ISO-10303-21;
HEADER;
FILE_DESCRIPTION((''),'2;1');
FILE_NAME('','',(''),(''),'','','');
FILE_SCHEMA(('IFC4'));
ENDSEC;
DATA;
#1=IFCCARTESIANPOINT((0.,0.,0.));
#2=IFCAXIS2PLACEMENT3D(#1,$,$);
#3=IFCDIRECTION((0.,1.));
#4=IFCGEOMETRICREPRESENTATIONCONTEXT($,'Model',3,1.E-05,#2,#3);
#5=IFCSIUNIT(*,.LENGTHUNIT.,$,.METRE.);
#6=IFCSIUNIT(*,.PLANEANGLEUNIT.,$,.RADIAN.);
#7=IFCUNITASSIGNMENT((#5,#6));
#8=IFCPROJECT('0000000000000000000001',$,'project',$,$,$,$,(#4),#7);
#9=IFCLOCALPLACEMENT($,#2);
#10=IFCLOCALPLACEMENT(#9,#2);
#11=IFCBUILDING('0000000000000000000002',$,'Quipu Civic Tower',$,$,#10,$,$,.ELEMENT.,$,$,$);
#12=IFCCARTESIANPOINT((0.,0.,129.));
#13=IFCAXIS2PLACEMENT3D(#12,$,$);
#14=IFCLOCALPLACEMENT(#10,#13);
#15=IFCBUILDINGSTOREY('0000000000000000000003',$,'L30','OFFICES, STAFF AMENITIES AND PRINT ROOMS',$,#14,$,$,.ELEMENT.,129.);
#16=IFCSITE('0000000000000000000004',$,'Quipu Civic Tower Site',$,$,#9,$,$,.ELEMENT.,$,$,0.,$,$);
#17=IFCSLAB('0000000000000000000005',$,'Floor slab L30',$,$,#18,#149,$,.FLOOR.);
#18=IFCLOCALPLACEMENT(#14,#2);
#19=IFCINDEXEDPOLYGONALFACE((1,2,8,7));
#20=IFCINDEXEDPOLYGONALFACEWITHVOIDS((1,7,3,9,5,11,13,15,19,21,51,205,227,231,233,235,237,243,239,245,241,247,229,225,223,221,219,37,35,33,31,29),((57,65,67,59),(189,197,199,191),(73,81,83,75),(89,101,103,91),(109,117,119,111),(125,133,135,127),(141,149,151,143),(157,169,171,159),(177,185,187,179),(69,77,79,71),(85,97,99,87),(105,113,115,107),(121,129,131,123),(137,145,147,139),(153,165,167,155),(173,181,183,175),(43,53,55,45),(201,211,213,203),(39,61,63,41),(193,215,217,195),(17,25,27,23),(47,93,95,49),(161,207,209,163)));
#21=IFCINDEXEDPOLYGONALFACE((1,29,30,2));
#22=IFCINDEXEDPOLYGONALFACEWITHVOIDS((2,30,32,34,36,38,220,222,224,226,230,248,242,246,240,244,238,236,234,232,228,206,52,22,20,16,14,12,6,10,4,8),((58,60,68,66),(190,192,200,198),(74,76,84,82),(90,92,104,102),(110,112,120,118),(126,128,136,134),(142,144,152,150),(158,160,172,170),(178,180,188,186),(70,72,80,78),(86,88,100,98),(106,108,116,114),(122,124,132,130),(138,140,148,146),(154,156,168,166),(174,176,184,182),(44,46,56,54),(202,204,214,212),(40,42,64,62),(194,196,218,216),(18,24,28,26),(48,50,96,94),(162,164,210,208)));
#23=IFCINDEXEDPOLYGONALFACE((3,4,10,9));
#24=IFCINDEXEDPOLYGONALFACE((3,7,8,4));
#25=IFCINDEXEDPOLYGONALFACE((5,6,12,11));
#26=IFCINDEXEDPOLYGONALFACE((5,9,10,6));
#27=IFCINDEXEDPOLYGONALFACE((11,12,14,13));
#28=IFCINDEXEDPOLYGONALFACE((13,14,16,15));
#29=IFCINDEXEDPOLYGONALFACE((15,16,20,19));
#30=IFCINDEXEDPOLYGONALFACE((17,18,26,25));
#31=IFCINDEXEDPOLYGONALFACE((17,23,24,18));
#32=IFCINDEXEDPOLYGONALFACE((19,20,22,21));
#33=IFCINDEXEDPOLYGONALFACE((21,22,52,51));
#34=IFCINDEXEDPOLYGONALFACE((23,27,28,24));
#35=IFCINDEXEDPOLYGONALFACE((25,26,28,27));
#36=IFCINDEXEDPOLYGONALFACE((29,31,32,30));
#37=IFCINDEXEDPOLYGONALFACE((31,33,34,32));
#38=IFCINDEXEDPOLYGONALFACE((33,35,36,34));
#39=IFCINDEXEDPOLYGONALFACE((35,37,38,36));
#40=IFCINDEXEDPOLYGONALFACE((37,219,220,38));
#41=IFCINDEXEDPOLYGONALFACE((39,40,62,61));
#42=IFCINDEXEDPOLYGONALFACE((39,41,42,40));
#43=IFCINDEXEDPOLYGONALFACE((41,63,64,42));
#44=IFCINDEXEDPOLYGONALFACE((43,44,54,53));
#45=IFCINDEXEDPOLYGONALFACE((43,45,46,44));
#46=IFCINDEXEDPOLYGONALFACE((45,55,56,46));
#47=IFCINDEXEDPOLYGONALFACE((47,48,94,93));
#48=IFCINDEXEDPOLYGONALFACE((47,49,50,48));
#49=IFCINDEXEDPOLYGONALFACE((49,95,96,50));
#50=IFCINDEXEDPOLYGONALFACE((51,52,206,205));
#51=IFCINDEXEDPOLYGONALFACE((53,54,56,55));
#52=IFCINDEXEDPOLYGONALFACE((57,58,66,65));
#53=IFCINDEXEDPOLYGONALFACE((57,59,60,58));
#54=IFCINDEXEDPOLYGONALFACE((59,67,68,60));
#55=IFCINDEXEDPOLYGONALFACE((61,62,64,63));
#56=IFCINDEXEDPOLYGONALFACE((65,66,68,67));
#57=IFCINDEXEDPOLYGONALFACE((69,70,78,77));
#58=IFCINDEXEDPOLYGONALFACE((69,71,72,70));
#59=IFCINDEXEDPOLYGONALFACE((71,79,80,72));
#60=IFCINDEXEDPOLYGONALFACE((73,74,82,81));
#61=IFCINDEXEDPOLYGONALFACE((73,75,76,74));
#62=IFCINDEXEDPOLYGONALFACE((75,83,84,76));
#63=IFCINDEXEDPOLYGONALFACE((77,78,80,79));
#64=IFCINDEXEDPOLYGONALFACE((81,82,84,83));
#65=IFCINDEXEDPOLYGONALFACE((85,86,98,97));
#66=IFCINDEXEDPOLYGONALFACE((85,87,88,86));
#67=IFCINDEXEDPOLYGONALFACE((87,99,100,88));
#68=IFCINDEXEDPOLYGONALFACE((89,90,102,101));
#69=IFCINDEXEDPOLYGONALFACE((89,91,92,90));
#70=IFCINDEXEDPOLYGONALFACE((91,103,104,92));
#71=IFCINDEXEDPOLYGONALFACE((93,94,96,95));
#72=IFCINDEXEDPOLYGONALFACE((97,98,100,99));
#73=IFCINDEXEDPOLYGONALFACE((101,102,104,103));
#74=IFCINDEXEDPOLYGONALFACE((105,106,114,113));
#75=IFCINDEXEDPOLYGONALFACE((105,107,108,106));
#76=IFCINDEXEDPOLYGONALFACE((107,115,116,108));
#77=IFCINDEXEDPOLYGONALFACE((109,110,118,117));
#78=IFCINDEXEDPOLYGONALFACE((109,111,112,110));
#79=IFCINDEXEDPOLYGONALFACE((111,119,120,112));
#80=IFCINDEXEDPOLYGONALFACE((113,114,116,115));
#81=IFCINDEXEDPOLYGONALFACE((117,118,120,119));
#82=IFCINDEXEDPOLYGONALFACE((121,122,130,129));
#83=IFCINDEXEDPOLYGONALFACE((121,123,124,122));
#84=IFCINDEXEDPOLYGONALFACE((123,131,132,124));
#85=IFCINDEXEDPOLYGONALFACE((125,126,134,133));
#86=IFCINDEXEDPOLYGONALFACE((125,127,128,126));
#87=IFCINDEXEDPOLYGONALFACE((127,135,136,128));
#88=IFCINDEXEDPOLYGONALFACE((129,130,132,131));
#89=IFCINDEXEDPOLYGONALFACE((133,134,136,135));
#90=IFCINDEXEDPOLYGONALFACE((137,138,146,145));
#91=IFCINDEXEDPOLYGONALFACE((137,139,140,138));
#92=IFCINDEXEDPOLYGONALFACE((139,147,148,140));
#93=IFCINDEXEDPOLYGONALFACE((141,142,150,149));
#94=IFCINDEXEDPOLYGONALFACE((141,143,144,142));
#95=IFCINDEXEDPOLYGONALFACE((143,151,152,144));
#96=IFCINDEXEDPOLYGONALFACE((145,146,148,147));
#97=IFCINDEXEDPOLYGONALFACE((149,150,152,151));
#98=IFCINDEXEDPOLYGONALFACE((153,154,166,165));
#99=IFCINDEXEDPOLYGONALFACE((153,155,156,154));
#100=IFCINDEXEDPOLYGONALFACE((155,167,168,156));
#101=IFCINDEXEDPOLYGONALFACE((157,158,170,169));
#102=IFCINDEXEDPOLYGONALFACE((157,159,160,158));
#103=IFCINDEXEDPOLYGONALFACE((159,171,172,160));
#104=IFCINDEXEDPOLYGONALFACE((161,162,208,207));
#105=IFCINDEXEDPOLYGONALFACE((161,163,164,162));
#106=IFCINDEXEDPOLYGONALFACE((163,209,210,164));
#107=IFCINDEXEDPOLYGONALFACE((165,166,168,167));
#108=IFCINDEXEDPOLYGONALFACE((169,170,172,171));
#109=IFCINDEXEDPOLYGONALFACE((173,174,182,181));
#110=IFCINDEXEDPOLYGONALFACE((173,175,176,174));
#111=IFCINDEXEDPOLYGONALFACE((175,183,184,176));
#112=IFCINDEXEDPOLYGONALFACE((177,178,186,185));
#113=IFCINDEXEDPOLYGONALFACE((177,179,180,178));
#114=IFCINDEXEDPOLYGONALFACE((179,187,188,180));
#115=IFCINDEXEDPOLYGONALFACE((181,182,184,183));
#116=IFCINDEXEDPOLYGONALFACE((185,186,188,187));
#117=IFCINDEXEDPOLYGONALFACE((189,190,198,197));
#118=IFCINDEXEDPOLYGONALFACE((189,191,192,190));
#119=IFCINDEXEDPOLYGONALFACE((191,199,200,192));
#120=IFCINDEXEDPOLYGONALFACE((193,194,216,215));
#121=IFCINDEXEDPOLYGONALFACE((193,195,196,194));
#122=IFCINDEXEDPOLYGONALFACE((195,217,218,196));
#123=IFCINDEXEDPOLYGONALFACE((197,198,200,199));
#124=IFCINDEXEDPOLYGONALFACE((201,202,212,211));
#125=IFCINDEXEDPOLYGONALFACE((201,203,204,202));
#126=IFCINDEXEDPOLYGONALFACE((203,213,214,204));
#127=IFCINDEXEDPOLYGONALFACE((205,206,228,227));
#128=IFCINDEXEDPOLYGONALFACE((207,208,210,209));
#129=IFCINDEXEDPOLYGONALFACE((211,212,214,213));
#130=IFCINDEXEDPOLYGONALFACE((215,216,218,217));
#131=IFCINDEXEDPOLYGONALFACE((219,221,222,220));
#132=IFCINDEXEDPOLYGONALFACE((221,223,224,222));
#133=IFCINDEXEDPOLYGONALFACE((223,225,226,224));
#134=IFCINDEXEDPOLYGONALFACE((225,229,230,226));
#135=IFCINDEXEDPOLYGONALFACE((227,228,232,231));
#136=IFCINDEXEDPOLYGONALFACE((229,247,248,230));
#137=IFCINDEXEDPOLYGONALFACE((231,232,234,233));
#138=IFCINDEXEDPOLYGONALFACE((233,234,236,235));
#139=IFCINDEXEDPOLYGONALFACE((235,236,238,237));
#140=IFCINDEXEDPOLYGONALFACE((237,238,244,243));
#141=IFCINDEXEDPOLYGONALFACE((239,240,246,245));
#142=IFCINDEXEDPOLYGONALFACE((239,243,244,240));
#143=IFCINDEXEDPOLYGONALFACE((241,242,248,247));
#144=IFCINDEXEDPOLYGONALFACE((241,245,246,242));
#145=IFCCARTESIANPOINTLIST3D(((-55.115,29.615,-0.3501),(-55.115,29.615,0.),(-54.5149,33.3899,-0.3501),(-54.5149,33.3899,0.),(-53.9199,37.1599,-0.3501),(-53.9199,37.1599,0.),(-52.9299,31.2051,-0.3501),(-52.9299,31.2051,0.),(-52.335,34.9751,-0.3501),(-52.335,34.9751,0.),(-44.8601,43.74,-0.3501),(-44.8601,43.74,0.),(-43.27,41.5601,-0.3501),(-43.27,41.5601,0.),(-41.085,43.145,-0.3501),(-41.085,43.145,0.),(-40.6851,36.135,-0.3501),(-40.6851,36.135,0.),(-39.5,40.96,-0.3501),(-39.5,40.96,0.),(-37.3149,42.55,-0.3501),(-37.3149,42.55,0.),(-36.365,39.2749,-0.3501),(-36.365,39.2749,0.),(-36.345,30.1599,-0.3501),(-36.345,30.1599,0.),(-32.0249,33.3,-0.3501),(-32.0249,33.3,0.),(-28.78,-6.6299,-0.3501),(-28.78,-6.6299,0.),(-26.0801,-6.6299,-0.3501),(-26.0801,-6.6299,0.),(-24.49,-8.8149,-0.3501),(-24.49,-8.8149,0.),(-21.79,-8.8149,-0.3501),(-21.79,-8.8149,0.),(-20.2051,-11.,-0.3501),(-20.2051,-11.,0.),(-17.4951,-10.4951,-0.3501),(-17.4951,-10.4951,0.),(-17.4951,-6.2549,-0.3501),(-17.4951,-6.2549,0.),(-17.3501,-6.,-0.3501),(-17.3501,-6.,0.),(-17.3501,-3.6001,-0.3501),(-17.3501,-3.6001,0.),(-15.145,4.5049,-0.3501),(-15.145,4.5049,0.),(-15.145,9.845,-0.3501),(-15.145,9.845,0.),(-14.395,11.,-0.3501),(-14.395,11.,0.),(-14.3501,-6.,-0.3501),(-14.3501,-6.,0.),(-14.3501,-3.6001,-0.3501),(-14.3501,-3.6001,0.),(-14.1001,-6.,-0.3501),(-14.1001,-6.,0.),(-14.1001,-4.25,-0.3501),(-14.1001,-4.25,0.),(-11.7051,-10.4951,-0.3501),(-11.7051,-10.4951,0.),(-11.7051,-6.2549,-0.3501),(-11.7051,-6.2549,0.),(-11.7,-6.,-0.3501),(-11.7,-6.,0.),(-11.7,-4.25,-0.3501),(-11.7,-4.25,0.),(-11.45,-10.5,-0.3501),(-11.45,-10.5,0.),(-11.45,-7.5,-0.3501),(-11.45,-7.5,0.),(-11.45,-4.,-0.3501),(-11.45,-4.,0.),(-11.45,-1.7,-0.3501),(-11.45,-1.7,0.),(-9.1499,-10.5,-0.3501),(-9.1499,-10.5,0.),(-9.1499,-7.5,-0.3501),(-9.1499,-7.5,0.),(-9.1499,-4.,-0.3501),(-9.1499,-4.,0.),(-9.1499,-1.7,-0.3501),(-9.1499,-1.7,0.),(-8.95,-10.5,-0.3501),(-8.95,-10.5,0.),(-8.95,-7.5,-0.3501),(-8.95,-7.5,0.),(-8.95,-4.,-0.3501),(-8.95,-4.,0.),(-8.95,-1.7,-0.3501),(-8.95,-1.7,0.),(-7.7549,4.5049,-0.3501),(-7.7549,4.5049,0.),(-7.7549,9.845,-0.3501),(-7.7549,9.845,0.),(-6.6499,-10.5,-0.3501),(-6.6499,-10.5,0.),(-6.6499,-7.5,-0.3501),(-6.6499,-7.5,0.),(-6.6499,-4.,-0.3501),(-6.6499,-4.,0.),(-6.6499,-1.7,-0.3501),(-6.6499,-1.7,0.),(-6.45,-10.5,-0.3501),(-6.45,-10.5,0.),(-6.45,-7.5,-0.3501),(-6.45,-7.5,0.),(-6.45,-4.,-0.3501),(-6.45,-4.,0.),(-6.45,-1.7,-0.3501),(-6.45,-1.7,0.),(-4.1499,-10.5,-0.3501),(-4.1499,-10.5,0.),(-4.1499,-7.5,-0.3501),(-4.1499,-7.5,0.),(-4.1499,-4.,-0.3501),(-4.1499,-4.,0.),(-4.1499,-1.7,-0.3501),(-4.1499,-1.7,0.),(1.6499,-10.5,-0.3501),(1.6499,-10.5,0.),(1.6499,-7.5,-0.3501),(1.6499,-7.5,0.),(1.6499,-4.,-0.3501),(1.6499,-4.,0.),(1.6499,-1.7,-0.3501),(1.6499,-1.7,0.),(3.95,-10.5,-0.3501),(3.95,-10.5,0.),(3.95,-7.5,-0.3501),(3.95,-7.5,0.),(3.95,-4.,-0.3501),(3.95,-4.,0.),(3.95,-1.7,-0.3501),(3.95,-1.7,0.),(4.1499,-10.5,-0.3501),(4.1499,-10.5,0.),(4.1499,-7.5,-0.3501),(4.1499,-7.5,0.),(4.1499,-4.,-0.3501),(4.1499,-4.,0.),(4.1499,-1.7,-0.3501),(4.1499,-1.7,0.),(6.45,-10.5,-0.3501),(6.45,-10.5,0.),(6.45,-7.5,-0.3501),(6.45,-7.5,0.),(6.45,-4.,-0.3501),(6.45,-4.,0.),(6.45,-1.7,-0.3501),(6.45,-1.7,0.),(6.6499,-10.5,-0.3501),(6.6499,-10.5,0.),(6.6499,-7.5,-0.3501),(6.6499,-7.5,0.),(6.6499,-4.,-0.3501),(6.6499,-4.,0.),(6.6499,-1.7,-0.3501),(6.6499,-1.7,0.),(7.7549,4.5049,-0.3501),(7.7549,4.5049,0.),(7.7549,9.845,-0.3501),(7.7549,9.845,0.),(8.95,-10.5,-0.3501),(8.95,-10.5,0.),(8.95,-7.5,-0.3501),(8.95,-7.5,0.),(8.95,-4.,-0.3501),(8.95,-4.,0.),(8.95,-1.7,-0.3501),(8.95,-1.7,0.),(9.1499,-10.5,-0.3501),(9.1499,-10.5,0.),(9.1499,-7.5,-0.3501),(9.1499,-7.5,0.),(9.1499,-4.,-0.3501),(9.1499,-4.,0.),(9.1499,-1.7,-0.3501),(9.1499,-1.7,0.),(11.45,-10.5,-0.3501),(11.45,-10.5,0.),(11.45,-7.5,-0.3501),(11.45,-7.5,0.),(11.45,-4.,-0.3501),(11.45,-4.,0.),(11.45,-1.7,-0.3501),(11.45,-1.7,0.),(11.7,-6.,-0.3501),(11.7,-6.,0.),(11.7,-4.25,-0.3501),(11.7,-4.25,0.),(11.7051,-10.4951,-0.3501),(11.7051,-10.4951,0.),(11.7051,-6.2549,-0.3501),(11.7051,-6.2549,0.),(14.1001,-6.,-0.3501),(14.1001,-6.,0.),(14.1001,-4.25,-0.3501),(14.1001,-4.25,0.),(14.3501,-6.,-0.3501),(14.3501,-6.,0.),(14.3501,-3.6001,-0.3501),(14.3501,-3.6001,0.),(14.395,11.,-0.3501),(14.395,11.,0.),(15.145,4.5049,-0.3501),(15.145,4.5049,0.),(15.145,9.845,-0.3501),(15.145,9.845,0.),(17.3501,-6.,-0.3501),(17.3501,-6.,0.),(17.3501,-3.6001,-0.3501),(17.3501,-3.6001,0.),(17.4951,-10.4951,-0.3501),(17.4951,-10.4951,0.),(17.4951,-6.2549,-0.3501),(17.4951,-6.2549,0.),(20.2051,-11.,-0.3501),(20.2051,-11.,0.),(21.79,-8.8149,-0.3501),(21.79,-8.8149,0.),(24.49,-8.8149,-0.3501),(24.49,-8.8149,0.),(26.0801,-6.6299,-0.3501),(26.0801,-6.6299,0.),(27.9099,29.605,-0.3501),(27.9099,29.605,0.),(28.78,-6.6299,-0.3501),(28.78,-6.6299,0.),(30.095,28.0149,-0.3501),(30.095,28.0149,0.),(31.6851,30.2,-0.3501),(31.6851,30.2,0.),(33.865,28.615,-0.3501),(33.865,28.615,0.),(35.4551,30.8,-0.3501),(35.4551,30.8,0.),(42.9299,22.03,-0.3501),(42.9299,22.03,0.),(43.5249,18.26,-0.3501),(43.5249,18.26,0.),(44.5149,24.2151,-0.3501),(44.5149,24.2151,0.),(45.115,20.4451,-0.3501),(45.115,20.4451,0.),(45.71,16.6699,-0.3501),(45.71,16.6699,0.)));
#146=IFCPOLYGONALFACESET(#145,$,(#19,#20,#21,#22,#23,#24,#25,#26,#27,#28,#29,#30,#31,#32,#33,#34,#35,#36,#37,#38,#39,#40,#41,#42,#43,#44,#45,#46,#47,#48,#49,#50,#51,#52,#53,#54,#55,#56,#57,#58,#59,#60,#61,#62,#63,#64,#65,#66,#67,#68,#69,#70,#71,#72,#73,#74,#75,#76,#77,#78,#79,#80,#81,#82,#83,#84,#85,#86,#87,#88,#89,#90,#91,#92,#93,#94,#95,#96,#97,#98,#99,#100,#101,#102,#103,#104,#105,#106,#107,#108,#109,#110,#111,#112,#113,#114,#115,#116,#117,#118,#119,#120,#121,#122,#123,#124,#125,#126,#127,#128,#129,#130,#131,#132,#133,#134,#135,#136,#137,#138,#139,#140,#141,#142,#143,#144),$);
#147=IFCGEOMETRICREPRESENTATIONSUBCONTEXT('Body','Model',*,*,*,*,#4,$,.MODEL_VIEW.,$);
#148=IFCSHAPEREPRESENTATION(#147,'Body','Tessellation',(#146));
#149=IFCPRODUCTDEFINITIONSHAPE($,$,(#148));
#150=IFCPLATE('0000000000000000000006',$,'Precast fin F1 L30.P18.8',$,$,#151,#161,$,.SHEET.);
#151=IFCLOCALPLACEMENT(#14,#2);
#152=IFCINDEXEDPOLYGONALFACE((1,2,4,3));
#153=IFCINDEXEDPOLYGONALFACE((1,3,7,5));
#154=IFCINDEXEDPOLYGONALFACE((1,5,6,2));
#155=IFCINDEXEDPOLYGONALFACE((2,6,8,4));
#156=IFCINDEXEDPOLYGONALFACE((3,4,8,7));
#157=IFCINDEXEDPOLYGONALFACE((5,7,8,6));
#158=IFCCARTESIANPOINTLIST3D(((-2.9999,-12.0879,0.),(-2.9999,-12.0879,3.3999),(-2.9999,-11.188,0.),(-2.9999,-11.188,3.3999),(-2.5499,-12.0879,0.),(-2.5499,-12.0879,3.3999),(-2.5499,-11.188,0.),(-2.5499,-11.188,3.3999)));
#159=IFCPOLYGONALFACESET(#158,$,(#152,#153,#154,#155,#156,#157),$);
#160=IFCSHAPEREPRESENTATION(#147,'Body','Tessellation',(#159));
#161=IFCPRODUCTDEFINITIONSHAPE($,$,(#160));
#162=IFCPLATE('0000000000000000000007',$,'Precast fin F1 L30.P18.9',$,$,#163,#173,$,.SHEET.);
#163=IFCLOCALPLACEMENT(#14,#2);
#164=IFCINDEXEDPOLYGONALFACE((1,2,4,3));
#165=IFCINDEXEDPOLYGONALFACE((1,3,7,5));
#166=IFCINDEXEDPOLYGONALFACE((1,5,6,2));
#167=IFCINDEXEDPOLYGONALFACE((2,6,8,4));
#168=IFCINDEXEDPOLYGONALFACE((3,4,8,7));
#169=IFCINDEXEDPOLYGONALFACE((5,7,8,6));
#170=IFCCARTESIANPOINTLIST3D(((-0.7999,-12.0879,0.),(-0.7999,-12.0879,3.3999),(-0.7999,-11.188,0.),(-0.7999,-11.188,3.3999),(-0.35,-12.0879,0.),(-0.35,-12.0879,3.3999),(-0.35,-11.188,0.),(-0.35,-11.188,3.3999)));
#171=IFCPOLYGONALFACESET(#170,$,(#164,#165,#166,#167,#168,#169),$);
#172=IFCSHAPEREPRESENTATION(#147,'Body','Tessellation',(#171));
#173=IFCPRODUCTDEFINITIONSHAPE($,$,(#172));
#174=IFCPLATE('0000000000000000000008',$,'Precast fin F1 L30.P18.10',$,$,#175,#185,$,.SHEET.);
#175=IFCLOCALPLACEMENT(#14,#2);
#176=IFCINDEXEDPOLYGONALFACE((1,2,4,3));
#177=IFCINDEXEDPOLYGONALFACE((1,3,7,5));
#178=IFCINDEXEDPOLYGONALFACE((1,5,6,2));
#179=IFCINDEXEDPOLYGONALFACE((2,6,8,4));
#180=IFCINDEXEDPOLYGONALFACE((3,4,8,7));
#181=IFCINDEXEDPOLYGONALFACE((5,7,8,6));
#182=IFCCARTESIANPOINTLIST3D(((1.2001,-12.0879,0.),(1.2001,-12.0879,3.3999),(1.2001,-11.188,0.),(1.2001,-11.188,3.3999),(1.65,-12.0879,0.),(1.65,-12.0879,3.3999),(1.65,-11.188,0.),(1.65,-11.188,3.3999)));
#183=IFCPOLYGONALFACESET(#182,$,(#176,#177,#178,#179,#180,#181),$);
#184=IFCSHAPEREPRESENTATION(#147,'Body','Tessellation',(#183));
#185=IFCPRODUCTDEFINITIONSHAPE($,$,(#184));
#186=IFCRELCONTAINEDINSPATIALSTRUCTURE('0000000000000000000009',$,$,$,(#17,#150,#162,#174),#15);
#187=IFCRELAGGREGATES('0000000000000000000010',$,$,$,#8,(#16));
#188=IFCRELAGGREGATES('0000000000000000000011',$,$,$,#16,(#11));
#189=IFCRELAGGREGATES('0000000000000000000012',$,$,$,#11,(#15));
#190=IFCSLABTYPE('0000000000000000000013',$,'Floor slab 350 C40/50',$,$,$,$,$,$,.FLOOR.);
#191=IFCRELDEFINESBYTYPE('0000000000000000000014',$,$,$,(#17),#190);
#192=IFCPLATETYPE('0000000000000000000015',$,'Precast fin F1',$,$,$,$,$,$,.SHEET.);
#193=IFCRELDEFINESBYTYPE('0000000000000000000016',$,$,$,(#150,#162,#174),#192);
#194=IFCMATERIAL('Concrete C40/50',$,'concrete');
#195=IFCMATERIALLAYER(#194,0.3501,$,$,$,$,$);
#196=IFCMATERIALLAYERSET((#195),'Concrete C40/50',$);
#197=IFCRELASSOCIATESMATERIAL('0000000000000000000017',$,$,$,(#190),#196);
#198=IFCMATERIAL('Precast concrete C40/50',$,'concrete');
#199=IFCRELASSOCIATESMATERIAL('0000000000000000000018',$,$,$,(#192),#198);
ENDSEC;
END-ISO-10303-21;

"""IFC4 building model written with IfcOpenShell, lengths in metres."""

from ifc_helpers import new_model, si_unit, direction, frame, origin, origin_2d, place, context, subcontext, project, spatial, polyline, rectangle, outline, extrude, material, layer, layer_set, type_object, element, save


model = new_model("IFC4")

# Units and contexts
model_context = context("Model", 3, precision=1e-05, world=origin(), true_north=direction((0.0, 1.0)))
body_context = subcontext(model_context, "Body", "Model", "MODEL_VIEW")
ifc_project = project(units=[si_unit("LENGTHUNIT", "METRE"), si_unit("PLANEANGLEUNIT", "RADIAN")], contexts=[model_context])

# Site, building, storey
site_placement = place(None, origin())
site = spatial("IfcSite", under=ifc_project, at=site_placement, Name="Quipu Civic Tower Site", CompositionType="ELEMENT", RefElevation=0.0)
building_placement = place(site_placement, origin())
building = spatial("IfcBuilding", under=site, at=building_placement, Name="Quipu Civic Tower", CompositionType="ELEMENT")
storey_placement = place(building_placement, frame((0.0, 0.0, 129.0)))
storey = spatial("IfcBuildingStorey", under=building, at=storey_placement, Name="L30", Description="OFFICES, STAFF AMENITIES AND PRINT ROOMS", CompositionType="ELEMENT", Elevation=129.0)

# Slab
ifc_material_1 = material(Name="Concrete C40/50", Category="concrete")
ifc_layer_1 = layer(ifc_material_1, 0.3501)
ifc_layer_set_1 = layer_set([ifc_layer_1], Name="Concrete C40/50")
slab_type_1 = type_object("IfcSlabType", Name="Floor slab 350 C40/50", PredefinedType="FLOOR", material=ifc_layer_set_1)
slab_1_placement = place(storey_placement, frame((0.0, 0.0, -0.3501)))
element("IfcSlab", 1, at=slab_1_placement, inside=storey, type_object=slab_type_1, Name="Floor slab L30", PredefinedType="FLOOR", context=body_context, shape_type="SweptSolid", body=[
    extrude(outline(polyline([(27.9099, 29.605), (30.095, 28.0149), (31.6851, 30.2), (33.865, 28.615), (35.4551, 30.8), (44.5149, 24.2151), (42.9299, 22.03), (45.115, 20.4451), (43.5249, 18.26), (45.71, 16.6699), (28.78, -6.6299), (26.0801, -6.6299), (24.49, -8.8149), (21.79, -8.8149), (20.2051, -11.0), (-20.2051, -11.0), (-21.79, -8.8149), (-24.49, -8.8149), (-26.0801, -6.6299), (-28.78, -6.6299), (-55.115, 29.615), (-52.9299, 31.2051), (-54.5149, 33.3899), (-52.335, 34.9751), (-53.9199, 37.1599), (-44.8601, 43.74), (-43.27, 41.5601), (-41.085, 43.145), (-39.5, 40.96), (-37.3149, 42.55), (-14.395, 11.0), (14.395, 11.0), (27.9099, 29.605)]), holes=[polyline([(-11.45, -7.5), (-11.45, -10.5), (-9.1499, -10.5), (-9.1499, -7.5), (-11.45, -7.5)]), polyline([(-8.95, -7.5), (-8.95, -10.5), (-6.6499, -10.5), (-6.6499, -7.5), (-8.95, -7.5)]), polyline([(-6.45, -7.5), (-6.45, -10.5), (-4.1499, -10.5), (-4.1499, -7.5), (-6.45, -7.5)]), polyline([(-11.7051, -10.4951), (-11.7051, -6.2549), (-17.4951, -6.2549), (-17.4951, -10.4951), (-11.7051, -10.4951)]), polyline([(-11.7, -4.25), (-14.1001, -4.25), (-14.1001, -6.0), (-11.7, -6.0), (-11.7, -4.25)]), polyline([(-17.3501, -3.6001), (-17.3501, -6.0), (-14.3501, -6.0), (-14.3501, -3.6001), (-17.3501, -3.6001)]), polyline([(-9.1499, -1.7), (-11.45, -1.7), (-11.45, -4.0), (-9.1499, -4.0), (-9.1499, -1.7)]), polyline([(-6.6499, -1.7), (-8.95, -1.7), (-8.95, -4.0), (-6.6499, -4.0), (-6.6499, -1.7)]), polyline([(-6.45, -1.7), (-6.45, -4.0), (-4.1499, -4.0), (-4.1499, -1.7), (-6.45, -1.7)]), polyline([(3.95, -1.7), (1.6499, -1.7), (1.6499, -4.0), (3.95, -4.0), (3.95, -1.7)]), polyline([(-7.7549, 4.5049), (-7.7549, 9.845), (-15.145, 9.845), (-15.145, 4.5049), (-7.7549, 4.5049)]), polyline([(-40.6851, 36.135), (-36.345, 30.1599), (-32.0249, 33.3), (-36.365, 39.2749), (-40.6851, 36.135)]), polyline([(3.95, -7.5), (1.6499, -7.5), (1.6499, -10.5), (3.95, -10.5), (3.95, -7.5)]), polyline([(6.45, -7.5), (4.1499, -7.5), (4.1499, -10.5), (6.45, -10.5), (6.45, -7.5)]), polyline([(6.6499, -7.5), (6.6499, -10.5), (8.95, -10.5), (8.95, -7.5), (6.6499, -7.5)]), polyline([(11.45, -7.5), (9.1499, -7.5), (9.1499, -10.5), (11.45, -10.5), (11.45, -7.5)]), polyline([(11.7051, -6.2549), (11.7051, -10.4951), (17.4951, -10.4951), (17.4951, -6.2549), (11.7051, -6.2549)]), polyline([(11.7, -4.25), (11.7, -6.0), (14.1001, -6.0), (14.1001, -4.25), (11.7, -4.25)]), polyline([(17.3501, -3.6001), (14.3501, -3.6001), (14.3501, -6.0), (17.3501, -6.0), (17.3501, -3.6001)]), polyline([(6.45, -1.7), (4.1499, -1.7), (4.1499, -4.0), (6.45, -4.0), (6.45, -1.7)]), polyline([(6.6499, -1.7), (6.6499, -4.0), (8.95, -4.0), (8.95, -1.7), (6.6499, -1.7)]), polyline([(11.45, -1.7), (9.1499, -1.7), (9.1499, -4.0), (11.45, -4.0), (11.45, -1.7)]), polyline([(7.7549, 9.845), (7.7549, 4.5049), (15.145, 4.5049), (15.145, 9.845), (7.7549, 9.845)])]), origin(), (0.0, 0.0, 1.0), 0.3501),
])

# Plates
ifc_material_2 = material(Name="Precast concrete C40/50", Category="concrete")
plate_type = type_object("IfcPlateType", Name="Precast fin F1", PredefinedType="SHEET", material=ifc_material_2)
for number, where, z_axis, x_axis, name in (
    (2, (-2.7749, -11.6379, 0.0), (0.0, 0.0, 1.0), (1.0, 0.0, 0.0), "Precast fin F1 L30.P18.8"),
    (3, (-0.575, -11.6379, 0.0), (0.0, 0.0, 1.0), (1.0, 0.0, 0.0), "Precast fin F1 L30.P18.9"),
    (4, (1.425, -11.6379, 0.0), (0.0, 0.0, 1.0), (1.0, 0.0, 0.0), "Precast fin F1 L30.P18.10"),
):
    element("IfcPlate", number, at=place(storey_placement, frame(where, z_axis=z_axis, x_axis=x_axis)), inside=storey, type_object=plate_type, Name=name, PredefinedType="SHEET", context=body_context, shape_type="SweptSolid", body=[
        extrude(rectangle(XDim=0.45, YDim=0.8999, at=origin_2d()), origin(), (0.0, 0.0, 1.0), 3.3999),
    ])

save(model, "model.ifc")
